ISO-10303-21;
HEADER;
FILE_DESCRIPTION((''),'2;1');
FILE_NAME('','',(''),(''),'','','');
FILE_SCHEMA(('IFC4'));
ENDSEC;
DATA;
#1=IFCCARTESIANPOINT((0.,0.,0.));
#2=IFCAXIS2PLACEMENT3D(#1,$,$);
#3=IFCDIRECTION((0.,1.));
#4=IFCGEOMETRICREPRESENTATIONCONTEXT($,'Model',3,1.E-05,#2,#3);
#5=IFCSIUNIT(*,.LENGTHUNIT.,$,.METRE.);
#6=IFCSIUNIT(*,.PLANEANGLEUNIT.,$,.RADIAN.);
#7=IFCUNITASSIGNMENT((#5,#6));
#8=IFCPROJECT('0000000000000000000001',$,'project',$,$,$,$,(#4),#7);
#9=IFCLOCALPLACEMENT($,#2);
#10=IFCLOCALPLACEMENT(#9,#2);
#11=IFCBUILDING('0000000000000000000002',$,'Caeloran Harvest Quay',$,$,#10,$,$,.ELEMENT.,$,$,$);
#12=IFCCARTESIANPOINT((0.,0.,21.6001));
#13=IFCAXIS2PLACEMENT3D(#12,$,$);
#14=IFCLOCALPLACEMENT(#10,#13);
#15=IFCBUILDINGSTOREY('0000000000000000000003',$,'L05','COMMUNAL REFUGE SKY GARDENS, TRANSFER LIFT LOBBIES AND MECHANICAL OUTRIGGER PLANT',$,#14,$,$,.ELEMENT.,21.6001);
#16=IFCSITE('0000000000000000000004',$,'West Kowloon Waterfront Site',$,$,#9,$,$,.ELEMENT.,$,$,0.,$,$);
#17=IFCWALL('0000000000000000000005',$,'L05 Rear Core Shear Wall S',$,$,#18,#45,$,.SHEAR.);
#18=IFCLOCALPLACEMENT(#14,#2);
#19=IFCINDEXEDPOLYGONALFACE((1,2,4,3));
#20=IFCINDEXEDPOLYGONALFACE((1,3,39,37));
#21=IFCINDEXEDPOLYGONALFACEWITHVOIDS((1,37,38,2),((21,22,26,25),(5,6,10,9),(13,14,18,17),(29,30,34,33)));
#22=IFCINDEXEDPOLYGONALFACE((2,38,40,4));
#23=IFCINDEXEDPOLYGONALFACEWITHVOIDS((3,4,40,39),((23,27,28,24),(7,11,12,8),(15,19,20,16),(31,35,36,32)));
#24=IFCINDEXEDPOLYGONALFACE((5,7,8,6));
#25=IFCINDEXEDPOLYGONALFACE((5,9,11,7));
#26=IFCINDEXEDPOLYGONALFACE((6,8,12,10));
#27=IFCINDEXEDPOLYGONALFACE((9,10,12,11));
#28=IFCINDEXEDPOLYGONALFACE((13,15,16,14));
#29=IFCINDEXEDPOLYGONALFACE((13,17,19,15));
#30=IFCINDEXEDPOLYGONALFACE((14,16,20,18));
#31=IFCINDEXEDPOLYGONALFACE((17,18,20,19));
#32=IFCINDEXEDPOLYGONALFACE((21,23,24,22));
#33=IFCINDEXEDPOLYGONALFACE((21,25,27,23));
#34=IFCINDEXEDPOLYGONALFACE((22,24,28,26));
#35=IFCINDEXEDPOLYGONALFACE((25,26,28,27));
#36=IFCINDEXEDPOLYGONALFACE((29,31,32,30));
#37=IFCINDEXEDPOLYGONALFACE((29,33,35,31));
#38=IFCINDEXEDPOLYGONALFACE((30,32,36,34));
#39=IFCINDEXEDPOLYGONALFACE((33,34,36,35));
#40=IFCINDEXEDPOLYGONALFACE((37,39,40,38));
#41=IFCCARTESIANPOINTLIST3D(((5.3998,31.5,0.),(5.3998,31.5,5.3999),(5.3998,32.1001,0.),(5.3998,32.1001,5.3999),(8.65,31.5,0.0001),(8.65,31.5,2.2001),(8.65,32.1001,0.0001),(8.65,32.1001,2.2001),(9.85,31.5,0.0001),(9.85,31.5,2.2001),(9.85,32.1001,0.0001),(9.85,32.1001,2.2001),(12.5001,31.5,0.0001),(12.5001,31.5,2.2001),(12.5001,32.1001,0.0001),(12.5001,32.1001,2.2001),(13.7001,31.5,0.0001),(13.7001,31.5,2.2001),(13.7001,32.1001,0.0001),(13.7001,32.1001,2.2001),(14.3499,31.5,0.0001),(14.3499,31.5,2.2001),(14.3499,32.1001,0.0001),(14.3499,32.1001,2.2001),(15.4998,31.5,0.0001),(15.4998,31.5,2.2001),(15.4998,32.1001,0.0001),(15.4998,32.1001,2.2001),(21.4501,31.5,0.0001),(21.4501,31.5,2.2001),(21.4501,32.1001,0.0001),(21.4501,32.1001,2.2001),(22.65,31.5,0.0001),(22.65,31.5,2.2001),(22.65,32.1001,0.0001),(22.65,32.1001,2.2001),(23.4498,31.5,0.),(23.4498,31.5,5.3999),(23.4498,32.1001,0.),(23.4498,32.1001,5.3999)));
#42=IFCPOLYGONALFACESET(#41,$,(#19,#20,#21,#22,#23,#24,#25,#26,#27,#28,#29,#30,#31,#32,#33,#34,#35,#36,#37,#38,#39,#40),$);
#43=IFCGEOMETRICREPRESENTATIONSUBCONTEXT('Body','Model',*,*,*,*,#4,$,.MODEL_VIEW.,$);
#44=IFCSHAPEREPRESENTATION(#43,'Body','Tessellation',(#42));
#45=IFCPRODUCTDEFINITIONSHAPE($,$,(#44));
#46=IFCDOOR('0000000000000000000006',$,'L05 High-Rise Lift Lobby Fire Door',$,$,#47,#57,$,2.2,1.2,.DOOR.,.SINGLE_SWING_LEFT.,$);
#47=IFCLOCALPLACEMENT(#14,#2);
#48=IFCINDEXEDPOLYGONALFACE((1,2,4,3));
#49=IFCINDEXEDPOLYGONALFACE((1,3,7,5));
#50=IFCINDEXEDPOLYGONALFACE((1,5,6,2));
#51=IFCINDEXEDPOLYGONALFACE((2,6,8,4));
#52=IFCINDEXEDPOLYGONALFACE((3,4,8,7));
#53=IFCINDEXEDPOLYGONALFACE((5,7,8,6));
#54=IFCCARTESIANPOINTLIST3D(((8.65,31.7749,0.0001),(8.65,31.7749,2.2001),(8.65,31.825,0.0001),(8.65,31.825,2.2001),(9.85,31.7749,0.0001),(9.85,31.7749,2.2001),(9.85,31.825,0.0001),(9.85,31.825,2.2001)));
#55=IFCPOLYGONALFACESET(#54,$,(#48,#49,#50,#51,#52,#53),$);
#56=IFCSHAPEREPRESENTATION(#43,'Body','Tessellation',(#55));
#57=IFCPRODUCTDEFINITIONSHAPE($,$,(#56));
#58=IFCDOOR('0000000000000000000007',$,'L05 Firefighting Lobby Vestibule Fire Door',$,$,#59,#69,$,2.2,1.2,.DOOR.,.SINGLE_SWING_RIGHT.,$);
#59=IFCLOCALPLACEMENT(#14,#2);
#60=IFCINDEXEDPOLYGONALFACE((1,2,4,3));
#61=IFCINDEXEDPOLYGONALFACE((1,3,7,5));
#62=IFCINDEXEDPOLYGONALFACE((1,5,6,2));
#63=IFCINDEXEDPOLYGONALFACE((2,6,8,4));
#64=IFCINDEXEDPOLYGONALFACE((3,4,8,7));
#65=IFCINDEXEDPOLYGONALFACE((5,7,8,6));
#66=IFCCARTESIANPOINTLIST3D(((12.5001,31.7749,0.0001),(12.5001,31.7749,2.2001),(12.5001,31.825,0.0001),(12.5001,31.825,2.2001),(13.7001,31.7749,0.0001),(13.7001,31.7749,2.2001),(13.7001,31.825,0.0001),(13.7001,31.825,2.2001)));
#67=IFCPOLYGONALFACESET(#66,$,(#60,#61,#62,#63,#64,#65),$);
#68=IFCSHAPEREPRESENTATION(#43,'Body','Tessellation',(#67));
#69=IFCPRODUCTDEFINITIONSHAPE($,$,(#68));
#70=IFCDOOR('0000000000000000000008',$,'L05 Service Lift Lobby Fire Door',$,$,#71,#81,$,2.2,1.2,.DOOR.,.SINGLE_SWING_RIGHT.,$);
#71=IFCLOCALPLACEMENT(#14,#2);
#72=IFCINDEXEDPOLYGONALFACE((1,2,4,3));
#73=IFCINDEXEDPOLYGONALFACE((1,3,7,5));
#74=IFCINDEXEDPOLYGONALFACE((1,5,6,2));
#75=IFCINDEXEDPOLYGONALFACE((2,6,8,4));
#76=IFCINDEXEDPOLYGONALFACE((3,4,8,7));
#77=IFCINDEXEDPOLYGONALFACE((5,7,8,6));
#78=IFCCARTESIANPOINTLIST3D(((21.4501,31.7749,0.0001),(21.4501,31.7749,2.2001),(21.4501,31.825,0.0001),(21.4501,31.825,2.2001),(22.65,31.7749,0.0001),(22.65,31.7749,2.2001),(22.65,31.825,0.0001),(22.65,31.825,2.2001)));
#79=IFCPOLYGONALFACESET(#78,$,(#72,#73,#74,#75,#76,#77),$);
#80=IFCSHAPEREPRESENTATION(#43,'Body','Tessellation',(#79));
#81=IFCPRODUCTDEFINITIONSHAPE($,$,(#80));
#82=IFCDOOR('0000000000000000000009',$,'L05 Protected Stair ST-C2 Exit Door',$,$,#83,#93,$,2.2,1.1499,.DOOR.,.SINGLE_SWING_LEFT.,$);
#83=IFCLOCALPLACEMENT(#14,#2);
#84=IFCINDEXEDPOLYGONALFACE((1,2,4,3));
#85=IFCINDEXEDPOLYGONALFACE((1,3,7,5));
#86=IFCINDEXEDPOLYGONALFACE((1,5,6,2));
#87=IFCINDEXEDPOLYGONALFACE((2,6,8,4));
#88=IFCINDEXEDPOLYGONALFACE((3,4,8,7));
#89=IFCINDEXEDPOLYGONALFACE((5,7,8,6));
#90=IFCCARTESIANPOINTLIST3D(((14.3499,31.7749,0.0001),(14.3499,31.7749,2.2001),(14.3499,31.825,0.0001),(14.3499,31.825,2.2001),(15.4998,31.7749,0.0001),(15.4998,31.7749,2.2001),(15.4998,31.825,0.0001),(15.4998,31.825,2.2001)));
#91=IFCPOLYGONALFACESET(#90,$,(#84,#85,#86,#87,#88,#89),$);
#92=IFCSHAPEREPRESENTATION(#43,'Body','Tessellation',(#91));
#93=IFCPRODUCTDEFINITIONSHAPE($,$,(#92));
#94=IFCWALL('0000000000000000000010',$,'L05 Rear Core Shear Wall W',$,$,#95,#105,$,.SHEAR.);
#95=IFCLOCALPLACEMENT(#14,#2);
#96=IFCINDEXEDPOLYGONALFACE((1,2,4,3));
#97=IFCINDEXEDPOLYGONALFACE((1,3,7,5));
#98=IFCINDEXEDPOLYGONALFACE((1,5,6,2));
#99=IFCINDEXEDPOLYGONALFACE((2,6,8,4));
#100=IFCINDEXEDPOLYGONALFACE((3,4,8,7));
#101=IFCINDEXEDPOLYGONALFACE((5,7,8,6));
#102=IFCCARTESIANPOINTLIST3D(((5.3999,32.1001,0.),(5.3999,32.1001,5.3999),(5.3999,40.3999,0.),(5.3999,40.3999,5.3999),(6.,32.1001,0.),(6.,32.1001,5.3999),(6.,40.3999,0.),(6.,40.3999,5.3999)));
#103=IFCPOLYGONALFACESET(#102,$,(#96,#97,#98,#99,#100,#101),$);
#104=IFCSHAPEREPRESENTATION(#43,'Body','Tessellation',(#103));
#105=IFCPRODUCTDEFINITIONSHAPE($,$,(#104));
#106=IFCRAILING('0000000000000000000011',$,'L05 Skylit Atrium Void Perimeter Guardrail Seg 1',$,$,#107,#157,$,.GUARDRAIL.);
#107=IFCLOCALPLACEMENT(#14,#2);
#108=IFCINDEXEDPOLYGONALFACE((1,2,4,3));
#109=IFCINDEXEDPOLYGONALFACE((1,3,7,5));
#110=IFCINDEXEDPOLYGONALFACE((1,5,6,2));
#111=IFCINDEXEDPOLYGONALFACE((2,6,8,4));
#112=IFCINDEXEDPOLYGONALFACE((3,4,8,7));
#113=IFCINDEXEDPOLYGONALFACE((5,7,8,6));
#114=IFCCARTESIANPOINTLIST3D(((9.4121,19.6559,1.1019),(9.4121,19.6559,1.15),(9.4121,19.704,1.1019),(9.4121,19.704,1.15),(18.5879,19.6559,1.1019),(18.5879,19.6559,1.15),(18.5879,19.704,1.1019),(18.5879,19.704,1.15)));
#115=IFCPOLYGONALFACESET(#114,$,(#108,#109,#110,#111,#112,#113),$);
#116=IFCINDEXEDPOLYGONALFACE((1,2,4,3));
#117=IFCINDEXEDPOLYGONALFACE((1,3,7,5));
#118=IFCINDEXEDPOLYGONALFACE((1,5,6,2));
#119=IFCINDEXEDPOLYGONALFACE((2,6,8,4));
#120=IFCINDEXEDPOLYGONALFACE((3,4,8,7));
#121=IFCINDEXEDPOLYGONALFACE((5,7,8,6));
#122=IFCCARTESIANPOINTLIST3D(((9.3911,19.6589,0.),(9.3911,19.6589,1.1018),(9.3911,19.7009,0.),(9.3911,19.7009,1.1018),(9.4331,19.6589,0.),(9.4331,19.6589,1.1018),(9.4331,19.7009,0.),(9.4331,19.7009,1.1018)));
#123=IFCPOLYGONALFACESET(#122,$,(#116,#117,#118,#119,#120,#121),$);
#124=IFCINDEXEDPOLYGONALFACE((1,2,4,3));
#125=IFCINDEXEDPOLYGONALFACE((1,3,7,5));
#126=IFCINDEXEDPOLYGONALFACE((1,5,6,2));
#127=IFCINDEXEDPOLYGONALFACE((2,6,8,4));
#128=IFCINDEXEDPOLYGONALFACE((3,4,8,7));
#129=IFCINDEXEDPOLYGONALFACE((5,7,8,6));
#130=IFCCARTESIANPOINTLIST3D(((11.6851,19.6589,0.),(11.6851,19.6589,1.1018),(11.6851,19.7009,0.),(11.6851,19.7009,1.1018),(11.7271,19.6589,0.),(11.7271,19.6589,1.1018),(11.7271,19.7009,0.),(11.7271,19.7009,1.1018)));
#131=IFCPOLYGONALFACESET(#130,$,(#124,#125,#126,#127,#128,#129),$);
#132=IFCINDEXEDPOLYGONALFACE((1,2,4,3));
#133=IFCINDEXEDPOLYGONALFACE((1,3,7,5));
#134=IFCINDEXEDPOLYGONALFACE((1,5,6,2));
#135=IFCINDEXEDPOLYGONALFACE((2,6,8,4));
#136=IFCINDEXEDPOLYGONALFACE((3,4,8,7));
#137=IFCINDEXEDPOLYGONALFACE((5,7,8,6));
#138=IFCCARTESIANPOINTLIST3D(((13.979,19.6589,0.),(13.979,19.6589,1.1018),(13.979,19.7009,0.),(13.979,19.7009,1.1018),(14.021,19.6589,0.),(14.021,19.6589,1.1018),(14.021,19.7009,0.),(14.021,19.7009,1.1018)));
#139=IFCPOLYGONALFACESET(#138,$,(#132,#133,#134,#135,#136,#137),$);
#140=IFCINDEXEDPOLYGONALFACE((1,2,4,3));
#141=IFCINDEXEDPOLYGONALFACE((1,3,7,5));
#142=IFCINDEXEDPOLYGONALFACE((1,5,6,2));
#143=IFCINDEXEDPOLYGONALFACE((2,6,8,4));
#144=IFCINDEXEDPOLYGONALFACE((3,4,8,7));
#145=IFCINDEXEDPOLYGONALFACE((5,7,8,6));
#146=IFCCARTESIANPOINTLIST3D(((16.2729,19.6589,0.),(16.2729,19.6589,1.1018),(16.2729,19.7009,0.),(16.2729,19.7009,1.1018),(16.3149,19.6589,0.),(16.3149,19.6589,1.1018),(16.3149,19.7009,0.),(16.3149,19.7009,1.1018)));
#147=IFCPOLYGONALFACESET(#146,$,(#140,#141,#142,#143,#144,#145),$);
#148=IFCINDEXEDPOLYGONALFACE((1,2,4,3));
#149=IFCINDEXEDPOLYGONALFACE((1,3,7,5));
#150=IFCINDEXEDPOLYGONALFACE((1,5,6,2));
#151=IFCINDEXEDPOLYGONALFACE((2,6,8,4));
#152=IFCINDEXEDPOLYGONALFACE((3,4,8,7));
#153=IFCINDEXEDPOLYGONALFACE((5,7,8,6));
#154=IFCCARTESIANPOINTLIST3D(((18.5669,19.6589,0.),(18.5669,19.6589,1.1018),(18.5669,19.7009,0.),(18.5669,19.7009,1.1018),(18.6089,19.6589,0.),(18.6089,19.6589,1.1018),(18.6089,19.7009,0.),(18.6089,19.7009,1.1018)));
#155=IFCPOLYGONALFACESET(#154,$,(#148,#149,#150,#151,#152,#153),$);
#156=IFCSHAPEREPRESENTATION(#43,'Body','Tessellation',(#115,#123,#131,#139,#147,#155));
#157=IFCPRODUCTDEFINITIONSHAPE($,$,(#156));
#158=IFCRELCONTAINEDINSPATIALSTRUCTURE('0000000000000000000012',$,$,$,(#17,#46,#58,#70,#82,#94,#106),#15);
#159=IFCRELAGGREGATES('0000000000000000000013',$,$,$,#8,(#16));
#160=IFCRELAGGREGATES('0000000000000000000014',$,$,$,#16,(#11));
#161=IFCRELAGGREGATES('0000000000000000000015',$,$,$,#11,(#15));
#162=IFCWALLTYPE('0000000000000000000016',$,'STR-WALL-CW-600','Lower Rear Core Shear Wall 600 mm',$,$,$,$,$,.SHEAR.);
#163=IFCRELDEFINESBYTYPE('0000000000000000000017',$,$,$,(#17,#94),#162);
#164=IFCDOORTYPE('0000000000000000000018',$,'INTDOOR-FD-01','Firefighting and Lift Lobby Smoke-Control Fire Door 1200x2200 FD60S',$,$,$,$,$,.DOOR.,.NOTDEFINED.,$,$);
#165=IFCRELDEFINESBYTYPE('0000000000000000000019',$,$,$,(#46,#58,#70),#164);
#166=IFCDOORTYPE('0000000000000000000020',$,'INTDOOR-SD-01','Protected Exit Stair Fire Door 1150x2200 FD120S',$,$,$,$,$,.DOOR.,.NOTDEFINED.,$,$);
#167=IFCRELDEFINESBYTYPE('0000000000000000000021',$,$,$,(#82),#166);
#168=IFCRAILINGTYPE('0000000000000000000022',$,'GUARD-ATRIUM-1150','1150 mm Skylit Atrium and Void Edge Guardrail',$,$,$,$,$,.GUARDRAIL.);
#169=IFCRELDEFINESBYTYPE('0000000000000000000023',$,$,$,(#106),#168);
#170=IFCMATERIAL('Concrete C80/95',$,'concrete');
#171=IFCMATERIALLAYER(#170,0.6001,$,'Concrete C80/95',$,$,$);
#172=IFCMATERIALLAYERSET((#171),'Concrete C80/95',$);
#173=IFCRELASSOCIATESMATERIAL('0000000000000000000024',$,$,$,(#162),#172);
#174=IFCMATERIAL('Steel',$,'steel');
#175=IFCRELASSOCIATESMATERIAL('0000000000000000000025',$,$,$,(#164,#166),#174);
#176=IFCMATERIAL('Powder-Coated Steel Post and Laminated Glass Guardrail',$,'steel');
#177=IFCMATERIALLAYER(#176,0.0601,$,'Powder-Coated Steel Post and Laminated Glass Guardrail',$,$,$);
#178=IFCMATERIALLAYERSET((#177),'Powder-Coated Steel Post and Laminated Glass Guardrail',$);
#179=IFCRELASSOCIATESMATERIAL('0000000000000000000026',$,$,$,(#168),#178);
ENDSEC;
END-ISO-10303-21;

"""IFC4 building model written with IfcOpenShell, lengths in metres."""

from ifc_helpers import new_model, si_unit, direction, frame, frame_2d, origin, origin_2d, place, context, subcontext, project, spatial, rectangle, extrude, material, layer, layer_set, type_object, element, fill, save


model = new_model("IFC4")

# Units and contexts
model_context = context("Model", 3, precision=1e-05, world=origin(), true_north=direction((0.0, 1.0)))
body_context = subcontext(model_context, "Body", "Model", "MODEL_VIEW")
ifc_project = project(units=[si_unit("LENGTHUNIT", "METRE"), si_unit("PLANEANGLEUNIT", "RADIAN")], contexts=[model_context])

# Site, building, storey
site_placement = place(None, origin())
site = spatial("IfcSite", under=ifc_project, at=site_placement, Name="West Kowloon Waterfront Site", CompositionType="ELEMENT", RefElevation=0.0)
building_placement = place(site_placement, origin())
building = spatial("IfcBuilding", under=site, at=building_placement, Name="Caeloran Harvest Quay", CompositionType="ELEMENT")
storey_placement = place(building_placement, frame((0.0, 0.0, 21.6001)))
storey = spatial("IfcBuildingStorey", under=building, at=storey_placement, Name="L05", Description="COMMUNAL REFUGE SKY GARDENS, TRANSFER LIFT LOBBIES AND MECHANICAL OUTRIGGER PLANT", CompositionType="ELEMENT", Elevation=21.6001)

# Shared definitions
ifc_material_1 = material(Name="Concrete C80/95", Category="concrete")

# Wall, openings, doors
ifc_layer_1 = layer(ifc_material_1, 0.6001, Name="Concrete C80/95")
ifc_layer_set_1 = layer_set([ifc_layer_1], Name="Concrete C80/95")
wall_type_1 = type_object("IfcWallType", Name="STR-WALL-CW-600", Description="Lower Rear Core Shear Wall 600 mm", PredefinedType="SHEAR", material=ifc_layer_set_1)
wall_1_placement = place(storey_placement, frame((5.3999, 31.8, 0.0), z_axis=(0.0, 0.0, 1.0), x_axis=(1.0, 0.0, 0.0)))
wall_1 = element("IfcWall", 1, at=wall_1_placement, inside=storey, type_object=wall_type_1, Name="L05 Rear Core Shear Wall S", PredefinedType="SHEAR", context=body_context, shape_type="SweptSolid", body=[
    extrude(rectangle(XDim=18.05, YDim=0.6001, at=frame_2d((9.0249, 0.0))), origin(), (0.0, 0.0, 1.0), 5.3999),
])
opening_1_placement = place(wall_1_placement, frame((3.25, 0.0, 0.0)))
opening_1 = element("IfcOpeningElement", 2, at=opening_1_placement, cuts=wall_1, PredefinedType="OPENING", context=body_context, shape_type="SweptSolid", body=[
    extrude(rectangle(XDim=1.2, YDim=2.2, at=frame_2d((0.6001, 1.1001))), frame((0.0, 0.3101, 0.0), z_axis=(0.0, -1.0, 0.0), x_axis=(1.0, 0.0, 0.0)), (0.0, 0.0, 1.0), 0.6201),
])
opening_2_placement = place(wall_1_placement, frame((7.1001, 0.0, 0.0)))
opening_2 = element("IfcOpeningElement", 3, at=opening_2_placement, cuts=wall_1, PredefinedType="OPENING", context=body_context, shape_type="SweptSolid", body=[
    extrude(rectangle(XDim=1.2, YDim=2.2, at=frame_2d((0.6001, 1.1001))), frame((0.0, 0.3101, 0.0), z_axis=(0.0, -1.0, 0.0), x_axis=(1.0, 0.0, 0.0)), (0.0, 0.0, 1.0), 0.6201),
])
opening_3_placement = place(wall_1_placement, frame((8.95, 0.0, 0.0)))
opening_3 = element("IfcOpeningElement", 4, at=opening_3_placement, cuts=wall_1, PredefinedType="OPENING", context=body_context, shape_type="SweptSolid", body=[
    extrude(rectangle(XDim=1.1499, YDim=2.2, at=frame_2d((0.575, 1.1001))), frame((0.0, 0.3101, 0.0), z_axis=(0.0, -1.0, 0.0), x_axis=(1.0, 0.0, 0.0)), (0.0, 0.0, 1.0), 0.6201),
])
opening_4_placement = place(wall_1_placement, frame((16.05, 0.0, 0.0)))
opening_4 = element("IfcOpeningElement", 5, at=opening_4_placement, cuts=wall_1, PredefinedType="OPENING", context=body_context, shape_type="SweptSolid", body=[
    extrude(rectangle(XDim=1.2, YDim=2.2, at=frame_2d((0.6001, 1.1001))), frame((0.0, 0.3101, 0.0), z_axis=(0.0, -1.0, 0.0), x_axis=(1.0, 0.0, 0.0)), (0.0, 0.0, 1.0), 0.6201),
])
ifc_material_2 = material(Name="Steel", Category="steel")
door_type_1 = type_object("IfcDoorType", Name="INTDOOR-FD-01", Description="Firefighting and Lift Lobby Smoke-Control Fire Door 1200x2200 FD60S", OperationType="NOTDEFINED", PredefinedType="DOOR", material=ifc_material_2)
door_1_placement = place(opening_1_placement, origin())
door_1 = element("IfcDoor", 6, at=door_1_placement, inside=storey, type_object=door_type_1, Name="L05 High-Rise Lift Lobby Fire Door", OperationType="SINGLE_SWING_LEFT", OverallHeight=2.2, OverallWidth=1.2, PredefinedType="DOOR", context=body_context, shape_type="SweptSolid", body=[
    extrude(rectangle(XDim=1.2, YDim=2.2, at=frame_2d((0.6001, 1.1001))), frame((0.0, 0.0249, 0.0), z_axis=(0.0, -1.0, 0.0), x_axis=(1.0, 0.0, 0.0)), (0.0, 0.0, 1.0), 0.05),
])
fill(opening_1, door_1)
door_2_placement = place(opening_2_placement, origin())
door_2 = element("IfcDoor", 7, at=door_2_placement, inside=storey, type_object=door_type_1, Name="L05 Firefighting Lobby Vestibule Fire Door", OperationType="SINGLE_SWING_RIGHT", OverallHeight=2.2, OverallWidth=1.2, PredefinedType="DOOR", context=body_context, shape_type="SweptSolid", body=[
    extrude(rectangle(XDim=1.2, YDim=2.2, at=frame_2d((0.6001, 1.1001))), frame((0.0, 0.0249, 0.0), z_axis=(0.0, -1.0, 0.0), x_axis=(1.0, 0.0, 0.0)), (0.0, 0.0, 1.0), 0.05),
])
fill(opening_2, door_2)
door_3_placement = place(opening_4_placement, origin())
door_3 = element("IfcDoor", 8, at=door_3_placement, inside=storey, type_object=door_type_1, Name="L05 Service Lift Lobby Fire Door", OperationType="SINGLE_SWING_RIGHT", OverallHeight=2.2, OverallWidth=1.2, PredefinedType="DOOR", context=body_context, shape_type="SweptSolid", body=[
    extrude(rectangle(XDim=1.2, YDim=2.2, at=frame_2d((0.6001, 1.1001))), frame((0.0, 0.0249, 0.0), z_axis=(0.0, -1.0, 0.0), x_axis=(1.0, 0.0, 0.0)), (0.0, 0.0, 1.0), 0.05),
])
fill(opening_4, door_3)
door_type_2 = type_object("IfcDoorType", Name="INTDOOR-SD-01", Description="Protected Exit Stair Fire Door 1150x2200 FD120S", OperationType="NOTDEFINED", PredefinedType="DOOR", material=ifc_material_2)
door_4_placement = place(opening_3_placement, origin())
door_4 = element("IfcDoor", 9, at=door_4_placement, inside=storey, type_object=door_type_2, Name="L05 Protected Stair ST-C2 Exit Door", OperationType="SINGLE_SWING_LEFT", OverallHeight=2.2, OverallWidth=1.1499, PredefinedType="DOOR", context=body_context, shape_type="SweptSolid", body=[
    extrude(rectangle(XDim=1.1499, YDim=2.2, at=frame_2d((0.575, 1.1001))), frame((0.0, 0.0249, 0.0), z_axis=(0.0, -1.0, 0.0), x_axis=(1.0, 0.0, 0.0)), (0.0, 0.0, 1.0), 0.05),
])
fill(opening_3, door_4)

# Wall
wall_2_placement = place(storey_placement, frame((5.7, 32.1001, 0.0), z_axis=(0.0, 0.0, 1.0), x_axis=(0.0, 1.0, 0.0)))
element("IfcWall", 10, at=wall_2_placement, inside=storey, type_object=wall_type_1, Name="L05 Rear Core Shear Wall W", PredefinedType="SHEAR", context=body_context, shape_type="SweptSolid", body=[
    extrude(rectangle(XDim=8.2998, YDim=0.6001, at=frame_2d((4.1499, 0.0))), origin(), (0.0, 0.0, 1.0), 5.3999),
])

# Railing
ifc_material_3 = material(Name="Powder-Coated Steel Post and Laminated Glass Guardrail", Category="steel")
ifc_layer_2 = layer(ifc_material_3, 0.0601, Name="Powder-Coated Steel Post and Laminated Glass Guardrail")
ifc_layer_set_2 = layer_set([ifc_layer_2], Name="Powder-Coated Steel Post and Laminated Glass Guardrail")
railing_type = type_object("IfcRailingType", Name="GUARD-ATRIUM-1150", Description="1150 mm Skylit Atrium and Void Edge Guardrail", PredefinedType="GUARDRAIL", material=ifc_layer_set_2)
railing_1_placement = place(storey_placement, frame((9.4121, 19.6799, 0.0)))
element("IfcRailing", 11, at=railing_1_placement, inside=storey, type_object=railing_type, Name="L05 Skylit Atrium Void Perimeter Guardrail Seg 1", PredefinedType="GUARDRAIL", context=body_context, shape_type="SweptSolid", body=[
    extrude(rectangle(XDim=0.0481, YDim=0.0481, at=origin_2d()), frame((0.0, 0.0, 1.126), z_axis=(1.0, 0.0, 0.0), x_axis=(0.0, 1.0, 0.0)), (0.0, 0.0, 1.0), 9.1758),
    extrude(rectangle(XDim=0.042, YDim=0.042, at=origin_2d()), origin(), (0.0, 0.0, 1.0), 1.1018),
    extrude(rectangle(XDim=0.042, YDim=0.042, at=origin_2d()), frame((2.2939, 0.0, 0.0)), (0.0, 0.0, 1.0), 1.1018),
    extrude(rectangle(XDim=0.042, YDim=0.042, at=origin_2d()), frame((4.5879, 0.0, 0.0)), (0.0, 0.0, 1.0), 1.1018),
    extrude(rectangle(XDim=0.042, YDim=0.042, at=origin_2d()), frame((6.8818, 0.0, 0.0)), (0.0, 0.0, 1.0), 1.1018),
    extrude(rectangle(XDim=0.042, YDim=0.042, at=origin_2d()), frame((9.1758, 0.0, 0.0)), (0.0, 0.0, 1.0), 1.1018),
])

save(model, "model.ifc")
